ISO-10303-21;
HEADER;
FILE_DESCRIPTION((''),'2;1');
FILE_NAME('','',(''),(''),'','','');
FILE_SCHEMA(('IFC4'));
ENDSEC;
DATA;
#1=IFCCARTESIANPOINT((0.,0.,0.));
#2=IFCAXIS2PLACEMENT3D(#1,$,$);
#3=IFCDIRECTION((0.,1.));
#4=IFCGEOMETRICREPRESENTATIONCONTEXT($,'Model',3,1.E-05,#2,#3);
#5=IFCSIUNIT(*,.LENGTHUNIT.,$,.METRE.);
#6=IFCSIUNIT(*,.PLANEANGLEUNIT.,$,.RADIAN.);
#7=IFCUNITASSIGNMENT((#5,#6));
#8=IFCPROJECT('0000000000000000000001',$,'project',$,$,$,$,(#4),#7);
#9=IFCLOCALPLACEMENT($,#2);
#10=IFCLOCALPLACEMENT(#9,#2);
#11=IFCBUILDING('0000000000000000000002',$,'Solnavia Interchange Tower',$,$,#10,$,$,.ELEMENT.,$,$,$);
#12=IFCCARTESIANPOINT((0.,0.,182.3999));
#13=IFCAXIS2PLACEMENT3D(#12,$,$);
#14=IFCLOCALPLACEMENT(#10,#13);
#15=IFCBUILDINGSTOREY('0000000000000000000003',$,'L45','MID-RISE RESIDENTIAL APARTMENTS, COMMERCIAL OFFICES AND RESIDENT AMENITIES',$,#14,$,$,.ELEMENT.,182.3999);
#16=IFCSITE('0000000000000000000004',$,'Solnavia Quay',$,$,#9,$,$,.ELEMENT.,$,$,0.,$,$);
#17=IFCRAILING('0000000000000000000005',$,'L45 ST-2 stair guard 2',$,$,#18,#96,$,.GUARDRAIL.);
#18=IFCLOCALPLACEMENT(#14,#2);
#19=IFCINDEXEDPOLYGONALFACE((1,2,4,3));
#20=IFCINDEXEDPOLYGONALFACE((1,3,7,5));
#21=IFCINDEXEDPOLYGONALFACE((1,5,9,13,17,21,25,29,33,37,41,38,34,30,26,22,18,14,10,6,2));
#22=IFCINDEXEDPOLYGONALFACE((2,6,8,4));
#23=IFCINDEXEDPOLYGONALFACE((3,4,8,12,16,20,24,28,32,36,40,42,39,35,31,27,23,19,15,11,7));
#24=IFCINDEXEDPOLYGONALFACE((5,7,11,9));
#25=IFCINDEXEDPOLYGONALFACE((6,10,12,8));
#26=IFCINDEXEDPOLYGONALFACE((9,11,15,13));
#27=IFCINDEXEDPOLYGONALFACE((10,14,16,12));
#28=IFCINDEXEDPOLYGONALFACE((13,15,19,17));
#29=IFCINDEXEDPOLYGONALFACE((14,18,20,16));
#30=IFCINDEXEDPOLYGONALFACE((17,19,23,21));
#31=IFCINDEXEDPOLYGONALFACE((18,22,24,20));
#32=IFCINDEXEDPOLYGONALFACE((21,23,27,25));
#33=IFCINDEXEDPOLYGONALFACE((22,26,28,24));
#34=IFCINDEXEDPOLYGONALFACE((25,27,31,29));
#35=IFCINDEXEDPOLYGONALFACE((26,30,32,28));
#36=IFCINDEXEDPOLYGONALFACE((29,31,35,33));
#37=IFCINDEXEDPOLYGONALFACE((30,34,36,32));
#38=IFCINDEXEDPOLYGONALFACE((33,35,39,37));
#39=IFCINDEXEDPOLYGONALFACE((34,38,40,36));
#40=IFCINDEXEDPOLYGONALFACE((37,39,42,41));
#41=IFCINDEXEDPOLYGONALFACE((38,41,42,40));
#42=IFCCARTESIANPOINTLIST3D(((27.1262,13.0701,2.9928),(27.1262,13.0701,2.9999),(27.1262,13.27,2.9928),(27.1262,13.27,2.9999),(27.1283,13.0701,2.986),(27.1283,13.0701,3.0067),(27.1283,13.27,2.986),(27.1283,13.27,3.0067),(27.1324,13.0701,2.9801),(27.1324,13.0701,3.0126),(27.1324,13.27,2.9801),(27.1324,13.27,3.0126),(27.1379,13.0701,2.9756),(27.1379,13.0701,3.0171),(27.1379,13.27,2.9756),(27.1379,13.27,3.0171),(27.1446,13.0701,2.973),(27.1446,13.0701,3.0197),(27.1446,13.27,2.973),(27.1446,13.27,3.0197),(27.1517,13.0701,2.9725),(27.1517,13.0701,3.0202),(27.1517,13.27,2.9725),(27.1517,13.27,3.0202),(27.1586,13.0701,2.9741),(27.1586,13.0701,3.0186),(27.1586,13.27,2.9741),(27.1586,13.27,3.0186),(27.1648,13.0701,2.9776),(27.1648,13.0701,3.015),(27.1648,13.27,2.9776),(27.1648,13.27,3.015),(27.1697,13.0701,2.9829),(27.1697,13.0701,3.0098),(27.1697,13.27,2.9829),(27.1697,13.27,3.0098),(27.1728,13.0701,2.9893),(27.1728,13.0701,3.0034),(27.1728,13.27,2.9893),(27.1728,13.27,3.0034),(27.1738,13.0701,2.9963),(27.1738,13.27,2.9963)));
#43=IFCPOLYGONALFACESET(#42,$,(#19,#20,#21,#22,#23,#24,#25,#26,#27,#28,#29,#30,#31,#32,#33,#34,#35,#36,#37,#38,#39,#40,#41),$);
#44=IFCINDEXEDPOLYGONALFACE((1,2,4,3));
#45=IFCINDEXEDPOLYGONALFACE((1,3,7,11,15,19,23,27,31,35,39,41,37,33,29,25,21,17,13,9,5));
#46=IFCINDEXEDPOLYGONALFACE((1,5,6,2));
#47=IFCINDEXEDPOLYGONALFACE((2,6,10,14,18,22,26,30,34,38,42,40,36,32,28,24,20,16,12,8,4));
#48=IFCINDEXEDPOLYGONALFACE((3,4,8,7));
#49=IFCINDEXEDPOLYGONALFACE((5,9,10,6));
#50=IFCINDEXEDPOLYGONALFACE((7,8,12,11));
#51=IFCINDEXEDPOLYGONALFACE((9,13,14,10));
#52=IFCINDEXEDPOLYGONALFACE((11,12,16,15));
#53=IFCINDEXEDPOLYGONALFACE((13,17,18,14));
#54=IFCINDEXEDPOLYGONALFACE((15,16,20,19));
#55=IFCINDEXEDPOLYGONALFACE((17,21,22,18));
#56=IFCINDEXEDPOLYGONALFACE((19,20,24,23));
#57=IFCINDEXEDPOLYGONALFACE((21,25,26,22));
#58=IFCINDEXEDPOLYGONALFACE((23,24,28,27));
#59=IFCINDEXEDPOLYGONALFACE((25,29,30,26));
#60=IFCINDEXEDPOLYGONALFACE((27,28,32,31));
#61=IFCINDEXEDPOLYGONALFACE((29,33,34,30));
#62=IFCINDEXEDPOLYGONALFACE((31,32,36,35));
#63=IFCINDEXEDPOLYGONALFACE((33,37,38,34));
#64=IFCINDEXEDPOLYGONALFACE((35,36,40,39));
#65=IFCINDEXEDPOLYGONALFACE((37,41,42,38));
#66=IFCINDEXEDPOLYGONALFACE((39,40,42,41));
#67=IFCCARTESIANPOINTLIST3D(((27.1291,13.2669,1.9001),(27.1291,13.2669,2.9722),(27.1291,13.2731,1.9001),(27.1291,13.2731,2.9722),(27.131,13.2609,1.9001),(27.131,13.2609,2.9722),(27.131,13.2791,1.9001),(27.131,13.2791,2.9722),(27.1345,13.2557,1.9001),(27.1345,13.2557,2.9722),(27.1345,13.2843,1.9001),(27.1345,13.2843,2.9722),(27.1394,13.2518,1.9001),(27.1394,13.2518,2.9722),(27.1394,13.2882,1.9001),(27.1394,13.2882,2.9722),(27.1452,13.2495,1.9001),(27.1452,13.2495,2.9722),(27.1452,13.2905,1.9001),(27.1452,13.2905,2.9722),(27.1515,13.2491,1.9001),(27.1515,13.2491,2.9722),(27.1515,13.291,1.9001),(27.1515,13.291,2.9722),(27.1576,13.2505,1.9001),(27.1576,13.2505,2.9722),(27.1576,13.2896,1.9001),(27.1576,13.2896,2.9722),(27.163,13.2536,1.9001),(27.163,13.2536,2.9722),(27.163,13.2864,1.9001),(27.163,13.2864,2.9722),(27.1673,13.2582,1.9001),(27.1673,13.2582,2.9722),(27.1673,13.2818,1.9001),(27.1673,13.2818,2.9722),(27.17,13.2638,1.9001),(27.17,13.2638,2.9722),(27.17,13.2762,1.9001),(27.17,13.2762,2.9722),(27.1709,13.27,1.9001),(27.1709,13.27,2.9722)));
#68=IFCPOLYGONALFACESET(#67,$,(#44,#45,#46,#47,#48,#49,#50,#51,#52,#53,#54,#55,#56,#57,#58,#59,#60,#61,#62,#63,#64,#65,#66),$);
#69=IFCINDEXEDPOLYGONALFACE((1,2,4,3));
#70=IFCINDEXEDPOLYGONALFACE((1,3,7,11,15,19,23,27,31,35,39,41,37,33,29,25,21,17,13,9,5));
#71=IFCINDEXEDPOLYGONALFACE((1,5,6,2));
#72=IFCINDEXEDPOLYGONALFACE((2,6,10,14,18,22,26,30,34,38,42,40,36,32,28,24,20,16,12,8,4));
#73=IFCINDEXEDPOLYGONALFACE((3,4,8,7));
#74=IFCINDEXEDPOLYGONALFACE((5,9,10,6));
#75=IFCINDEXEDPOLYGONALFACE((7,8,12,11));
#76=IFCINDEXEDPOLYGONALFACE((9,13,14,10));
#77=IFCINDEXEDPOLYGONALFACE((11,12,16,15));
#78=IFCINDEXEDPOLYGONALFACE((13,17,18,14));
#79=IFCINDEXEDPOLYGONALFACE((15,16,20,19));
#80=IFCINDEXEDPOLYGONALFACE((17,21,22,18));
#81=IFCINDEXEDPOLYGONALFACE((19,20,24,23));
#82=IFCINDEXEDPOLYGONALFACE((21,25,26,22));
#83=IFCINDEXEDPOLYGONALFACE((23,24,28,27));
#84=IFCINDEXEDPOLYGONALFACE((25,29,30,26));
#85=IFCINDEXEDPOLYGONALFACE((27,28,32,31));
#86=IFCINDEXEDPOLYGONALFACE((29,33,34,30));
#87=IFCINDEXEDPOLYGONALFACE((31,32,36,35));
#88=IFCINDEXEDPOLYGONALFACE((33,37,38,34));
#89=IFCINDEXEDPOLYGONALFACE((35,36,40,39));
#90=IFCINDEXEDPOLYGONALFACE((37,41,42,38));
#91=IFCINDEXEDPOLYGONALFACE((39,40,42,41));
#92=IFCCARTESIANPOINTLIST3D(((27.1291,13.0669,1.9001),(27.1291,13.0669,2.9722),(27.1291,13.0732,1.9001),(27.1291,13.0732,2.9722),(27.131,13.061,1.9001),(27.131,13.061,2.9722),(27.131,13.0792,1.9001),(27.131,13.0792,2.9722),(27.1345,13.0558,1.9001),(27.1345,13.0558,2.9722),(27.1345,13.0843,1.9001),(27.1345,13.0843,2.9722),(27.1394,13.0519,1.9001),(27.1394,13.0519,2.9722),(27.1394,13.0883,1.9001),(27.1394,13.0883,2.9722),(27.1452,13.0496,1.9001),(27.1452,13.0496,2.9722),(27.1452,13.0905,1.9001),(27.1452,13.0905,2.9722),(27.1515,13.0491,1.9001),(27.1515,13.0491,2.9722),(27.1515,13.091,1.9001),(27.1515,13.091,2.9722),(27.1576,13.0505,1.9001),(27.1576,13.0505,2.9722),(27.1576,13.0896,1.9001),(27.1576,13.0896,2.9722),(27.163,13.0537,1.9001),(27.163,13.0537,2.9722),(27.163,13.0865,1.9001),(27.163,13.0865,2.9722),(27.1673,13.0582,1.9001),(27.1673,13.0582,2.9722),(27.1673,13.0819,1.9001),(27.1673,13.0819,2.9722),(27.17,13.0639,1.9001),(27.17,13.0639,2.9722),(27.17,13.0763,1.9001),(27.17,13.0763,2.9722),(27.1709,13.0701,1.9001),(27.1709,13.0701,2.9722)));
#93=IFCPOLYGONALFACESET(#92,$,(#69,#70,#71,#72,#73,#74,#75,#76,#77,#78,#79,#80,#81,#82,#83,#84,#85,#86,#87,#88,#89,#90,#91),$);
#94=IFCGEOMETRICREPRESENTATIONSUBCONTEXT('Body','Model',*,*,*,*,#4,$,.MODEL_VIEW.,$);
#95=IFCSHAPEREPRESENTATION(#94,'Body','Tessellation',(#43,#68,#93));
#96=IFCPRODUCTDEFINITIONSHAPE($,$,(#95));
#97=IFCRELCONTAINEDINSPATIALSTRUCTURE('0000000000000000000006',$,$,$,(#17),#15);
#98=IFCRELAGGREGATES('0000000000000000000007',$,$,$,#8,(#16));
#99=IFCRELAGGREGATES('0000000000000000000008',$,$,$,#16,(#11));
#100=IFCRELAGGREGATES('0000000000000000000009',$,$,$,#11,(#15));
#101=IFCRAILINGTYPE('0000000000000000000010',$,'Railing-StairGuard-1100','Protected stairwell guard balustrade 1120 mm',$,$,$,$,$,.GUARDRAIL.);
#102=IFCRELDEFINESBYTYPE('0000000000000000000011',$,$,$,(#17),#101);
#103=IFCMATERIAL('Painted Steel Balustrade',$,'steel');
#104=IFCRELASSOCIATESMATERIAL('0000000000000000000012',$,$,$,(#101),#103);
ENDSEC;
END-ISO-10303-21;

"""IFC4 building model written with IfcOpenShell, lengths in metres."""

from ifc_helpers import new_model, si_unit, direction, frame, origin, origin_2d, place, context, subcontext, project, spatial, circle, extrude, material, type_object, element, save


model = new_model("IFC4")

# Units and contexts
model_context = context("Model", 3, precision=1e-05, world=origin(), true_north=direction((0.0, 1.0)))
body_context = subcontext(model_context, "Body", "Model", "MODEL_VIEW")
ifc_project = project(units=[si_unit("LENGTHUNIT", "METRE"), si_unit("PLANEANGLEUNIT", "RADIAN")], contexts=[model_context])

# Site, building, storey
site_placement = place(None, origin())
site = spatial("IfcSite", under=ifc_project, at=site_placement, Name="Solnavia Quay", CompositionType="ELEMENT", RefElevation=0.0)
building_placement = place(site_placement, origin())
building = spatial("IfcBuilding", under=site, at=building_placement, Name="Solnavia Interchange Tower", CompositionType="ELEMENT")
storey_placement = place(building_placement, frame((0.0, 0.0, 182.3999)))
storey = spatial("IfcBuildingStorey", under=building, at=storey_placement, Name="L45", Description="MID-RISE RESIDENTIAL APARTMENTS, COMMERCIAL OFFICES AND RESIDENT AMENITIES", CompositionType="ELEMENT", Elevation=182.3999)

# Railing
ifc_material_1 = material(Name="Painted Steel Balustrade", Category="steel")
railing_type_1 = type_object("IfcRailingType", Name="Railing-StairGuard-1100", Description="Protected stairwell guard balustrade 1120 mm", PredefinedType="GUARDRAIL", material=ifc_material_1)
railing_1_placement = place(storey_placement, frame((27.1499, 13.27, 1.9001)))
element("IfcRailing", 1, at=railing_1_placement, inside=storey, type_object=railing_type_1, Name="L45 ST-2 stair guard 2", PredefinedType="GUARDRAIL", context=body_context, shape_type="SweptSolid", body=[
    extrude(circle(Radius=0.0239, at=origin_2d()), frame((0.0, 0.0, 1.0962), z_axis=(0.0, -1.0, 0.0), x_axis=(1.0, 0.0, 0.0)), (0.0, 0.0, 1.0), 0.2),
    extrude(circle(Radius=0.021, at=origin_2d()), origin(), (0.0, 0.0, 1.0), 1.072),
    extrude(circle(Radius=0.021, at=origin_2d()), frame((0.0, -0.2, 0.0)), (0.0, 0.0, 1.0), 1.072),
])

save(model, "model.ifc")
